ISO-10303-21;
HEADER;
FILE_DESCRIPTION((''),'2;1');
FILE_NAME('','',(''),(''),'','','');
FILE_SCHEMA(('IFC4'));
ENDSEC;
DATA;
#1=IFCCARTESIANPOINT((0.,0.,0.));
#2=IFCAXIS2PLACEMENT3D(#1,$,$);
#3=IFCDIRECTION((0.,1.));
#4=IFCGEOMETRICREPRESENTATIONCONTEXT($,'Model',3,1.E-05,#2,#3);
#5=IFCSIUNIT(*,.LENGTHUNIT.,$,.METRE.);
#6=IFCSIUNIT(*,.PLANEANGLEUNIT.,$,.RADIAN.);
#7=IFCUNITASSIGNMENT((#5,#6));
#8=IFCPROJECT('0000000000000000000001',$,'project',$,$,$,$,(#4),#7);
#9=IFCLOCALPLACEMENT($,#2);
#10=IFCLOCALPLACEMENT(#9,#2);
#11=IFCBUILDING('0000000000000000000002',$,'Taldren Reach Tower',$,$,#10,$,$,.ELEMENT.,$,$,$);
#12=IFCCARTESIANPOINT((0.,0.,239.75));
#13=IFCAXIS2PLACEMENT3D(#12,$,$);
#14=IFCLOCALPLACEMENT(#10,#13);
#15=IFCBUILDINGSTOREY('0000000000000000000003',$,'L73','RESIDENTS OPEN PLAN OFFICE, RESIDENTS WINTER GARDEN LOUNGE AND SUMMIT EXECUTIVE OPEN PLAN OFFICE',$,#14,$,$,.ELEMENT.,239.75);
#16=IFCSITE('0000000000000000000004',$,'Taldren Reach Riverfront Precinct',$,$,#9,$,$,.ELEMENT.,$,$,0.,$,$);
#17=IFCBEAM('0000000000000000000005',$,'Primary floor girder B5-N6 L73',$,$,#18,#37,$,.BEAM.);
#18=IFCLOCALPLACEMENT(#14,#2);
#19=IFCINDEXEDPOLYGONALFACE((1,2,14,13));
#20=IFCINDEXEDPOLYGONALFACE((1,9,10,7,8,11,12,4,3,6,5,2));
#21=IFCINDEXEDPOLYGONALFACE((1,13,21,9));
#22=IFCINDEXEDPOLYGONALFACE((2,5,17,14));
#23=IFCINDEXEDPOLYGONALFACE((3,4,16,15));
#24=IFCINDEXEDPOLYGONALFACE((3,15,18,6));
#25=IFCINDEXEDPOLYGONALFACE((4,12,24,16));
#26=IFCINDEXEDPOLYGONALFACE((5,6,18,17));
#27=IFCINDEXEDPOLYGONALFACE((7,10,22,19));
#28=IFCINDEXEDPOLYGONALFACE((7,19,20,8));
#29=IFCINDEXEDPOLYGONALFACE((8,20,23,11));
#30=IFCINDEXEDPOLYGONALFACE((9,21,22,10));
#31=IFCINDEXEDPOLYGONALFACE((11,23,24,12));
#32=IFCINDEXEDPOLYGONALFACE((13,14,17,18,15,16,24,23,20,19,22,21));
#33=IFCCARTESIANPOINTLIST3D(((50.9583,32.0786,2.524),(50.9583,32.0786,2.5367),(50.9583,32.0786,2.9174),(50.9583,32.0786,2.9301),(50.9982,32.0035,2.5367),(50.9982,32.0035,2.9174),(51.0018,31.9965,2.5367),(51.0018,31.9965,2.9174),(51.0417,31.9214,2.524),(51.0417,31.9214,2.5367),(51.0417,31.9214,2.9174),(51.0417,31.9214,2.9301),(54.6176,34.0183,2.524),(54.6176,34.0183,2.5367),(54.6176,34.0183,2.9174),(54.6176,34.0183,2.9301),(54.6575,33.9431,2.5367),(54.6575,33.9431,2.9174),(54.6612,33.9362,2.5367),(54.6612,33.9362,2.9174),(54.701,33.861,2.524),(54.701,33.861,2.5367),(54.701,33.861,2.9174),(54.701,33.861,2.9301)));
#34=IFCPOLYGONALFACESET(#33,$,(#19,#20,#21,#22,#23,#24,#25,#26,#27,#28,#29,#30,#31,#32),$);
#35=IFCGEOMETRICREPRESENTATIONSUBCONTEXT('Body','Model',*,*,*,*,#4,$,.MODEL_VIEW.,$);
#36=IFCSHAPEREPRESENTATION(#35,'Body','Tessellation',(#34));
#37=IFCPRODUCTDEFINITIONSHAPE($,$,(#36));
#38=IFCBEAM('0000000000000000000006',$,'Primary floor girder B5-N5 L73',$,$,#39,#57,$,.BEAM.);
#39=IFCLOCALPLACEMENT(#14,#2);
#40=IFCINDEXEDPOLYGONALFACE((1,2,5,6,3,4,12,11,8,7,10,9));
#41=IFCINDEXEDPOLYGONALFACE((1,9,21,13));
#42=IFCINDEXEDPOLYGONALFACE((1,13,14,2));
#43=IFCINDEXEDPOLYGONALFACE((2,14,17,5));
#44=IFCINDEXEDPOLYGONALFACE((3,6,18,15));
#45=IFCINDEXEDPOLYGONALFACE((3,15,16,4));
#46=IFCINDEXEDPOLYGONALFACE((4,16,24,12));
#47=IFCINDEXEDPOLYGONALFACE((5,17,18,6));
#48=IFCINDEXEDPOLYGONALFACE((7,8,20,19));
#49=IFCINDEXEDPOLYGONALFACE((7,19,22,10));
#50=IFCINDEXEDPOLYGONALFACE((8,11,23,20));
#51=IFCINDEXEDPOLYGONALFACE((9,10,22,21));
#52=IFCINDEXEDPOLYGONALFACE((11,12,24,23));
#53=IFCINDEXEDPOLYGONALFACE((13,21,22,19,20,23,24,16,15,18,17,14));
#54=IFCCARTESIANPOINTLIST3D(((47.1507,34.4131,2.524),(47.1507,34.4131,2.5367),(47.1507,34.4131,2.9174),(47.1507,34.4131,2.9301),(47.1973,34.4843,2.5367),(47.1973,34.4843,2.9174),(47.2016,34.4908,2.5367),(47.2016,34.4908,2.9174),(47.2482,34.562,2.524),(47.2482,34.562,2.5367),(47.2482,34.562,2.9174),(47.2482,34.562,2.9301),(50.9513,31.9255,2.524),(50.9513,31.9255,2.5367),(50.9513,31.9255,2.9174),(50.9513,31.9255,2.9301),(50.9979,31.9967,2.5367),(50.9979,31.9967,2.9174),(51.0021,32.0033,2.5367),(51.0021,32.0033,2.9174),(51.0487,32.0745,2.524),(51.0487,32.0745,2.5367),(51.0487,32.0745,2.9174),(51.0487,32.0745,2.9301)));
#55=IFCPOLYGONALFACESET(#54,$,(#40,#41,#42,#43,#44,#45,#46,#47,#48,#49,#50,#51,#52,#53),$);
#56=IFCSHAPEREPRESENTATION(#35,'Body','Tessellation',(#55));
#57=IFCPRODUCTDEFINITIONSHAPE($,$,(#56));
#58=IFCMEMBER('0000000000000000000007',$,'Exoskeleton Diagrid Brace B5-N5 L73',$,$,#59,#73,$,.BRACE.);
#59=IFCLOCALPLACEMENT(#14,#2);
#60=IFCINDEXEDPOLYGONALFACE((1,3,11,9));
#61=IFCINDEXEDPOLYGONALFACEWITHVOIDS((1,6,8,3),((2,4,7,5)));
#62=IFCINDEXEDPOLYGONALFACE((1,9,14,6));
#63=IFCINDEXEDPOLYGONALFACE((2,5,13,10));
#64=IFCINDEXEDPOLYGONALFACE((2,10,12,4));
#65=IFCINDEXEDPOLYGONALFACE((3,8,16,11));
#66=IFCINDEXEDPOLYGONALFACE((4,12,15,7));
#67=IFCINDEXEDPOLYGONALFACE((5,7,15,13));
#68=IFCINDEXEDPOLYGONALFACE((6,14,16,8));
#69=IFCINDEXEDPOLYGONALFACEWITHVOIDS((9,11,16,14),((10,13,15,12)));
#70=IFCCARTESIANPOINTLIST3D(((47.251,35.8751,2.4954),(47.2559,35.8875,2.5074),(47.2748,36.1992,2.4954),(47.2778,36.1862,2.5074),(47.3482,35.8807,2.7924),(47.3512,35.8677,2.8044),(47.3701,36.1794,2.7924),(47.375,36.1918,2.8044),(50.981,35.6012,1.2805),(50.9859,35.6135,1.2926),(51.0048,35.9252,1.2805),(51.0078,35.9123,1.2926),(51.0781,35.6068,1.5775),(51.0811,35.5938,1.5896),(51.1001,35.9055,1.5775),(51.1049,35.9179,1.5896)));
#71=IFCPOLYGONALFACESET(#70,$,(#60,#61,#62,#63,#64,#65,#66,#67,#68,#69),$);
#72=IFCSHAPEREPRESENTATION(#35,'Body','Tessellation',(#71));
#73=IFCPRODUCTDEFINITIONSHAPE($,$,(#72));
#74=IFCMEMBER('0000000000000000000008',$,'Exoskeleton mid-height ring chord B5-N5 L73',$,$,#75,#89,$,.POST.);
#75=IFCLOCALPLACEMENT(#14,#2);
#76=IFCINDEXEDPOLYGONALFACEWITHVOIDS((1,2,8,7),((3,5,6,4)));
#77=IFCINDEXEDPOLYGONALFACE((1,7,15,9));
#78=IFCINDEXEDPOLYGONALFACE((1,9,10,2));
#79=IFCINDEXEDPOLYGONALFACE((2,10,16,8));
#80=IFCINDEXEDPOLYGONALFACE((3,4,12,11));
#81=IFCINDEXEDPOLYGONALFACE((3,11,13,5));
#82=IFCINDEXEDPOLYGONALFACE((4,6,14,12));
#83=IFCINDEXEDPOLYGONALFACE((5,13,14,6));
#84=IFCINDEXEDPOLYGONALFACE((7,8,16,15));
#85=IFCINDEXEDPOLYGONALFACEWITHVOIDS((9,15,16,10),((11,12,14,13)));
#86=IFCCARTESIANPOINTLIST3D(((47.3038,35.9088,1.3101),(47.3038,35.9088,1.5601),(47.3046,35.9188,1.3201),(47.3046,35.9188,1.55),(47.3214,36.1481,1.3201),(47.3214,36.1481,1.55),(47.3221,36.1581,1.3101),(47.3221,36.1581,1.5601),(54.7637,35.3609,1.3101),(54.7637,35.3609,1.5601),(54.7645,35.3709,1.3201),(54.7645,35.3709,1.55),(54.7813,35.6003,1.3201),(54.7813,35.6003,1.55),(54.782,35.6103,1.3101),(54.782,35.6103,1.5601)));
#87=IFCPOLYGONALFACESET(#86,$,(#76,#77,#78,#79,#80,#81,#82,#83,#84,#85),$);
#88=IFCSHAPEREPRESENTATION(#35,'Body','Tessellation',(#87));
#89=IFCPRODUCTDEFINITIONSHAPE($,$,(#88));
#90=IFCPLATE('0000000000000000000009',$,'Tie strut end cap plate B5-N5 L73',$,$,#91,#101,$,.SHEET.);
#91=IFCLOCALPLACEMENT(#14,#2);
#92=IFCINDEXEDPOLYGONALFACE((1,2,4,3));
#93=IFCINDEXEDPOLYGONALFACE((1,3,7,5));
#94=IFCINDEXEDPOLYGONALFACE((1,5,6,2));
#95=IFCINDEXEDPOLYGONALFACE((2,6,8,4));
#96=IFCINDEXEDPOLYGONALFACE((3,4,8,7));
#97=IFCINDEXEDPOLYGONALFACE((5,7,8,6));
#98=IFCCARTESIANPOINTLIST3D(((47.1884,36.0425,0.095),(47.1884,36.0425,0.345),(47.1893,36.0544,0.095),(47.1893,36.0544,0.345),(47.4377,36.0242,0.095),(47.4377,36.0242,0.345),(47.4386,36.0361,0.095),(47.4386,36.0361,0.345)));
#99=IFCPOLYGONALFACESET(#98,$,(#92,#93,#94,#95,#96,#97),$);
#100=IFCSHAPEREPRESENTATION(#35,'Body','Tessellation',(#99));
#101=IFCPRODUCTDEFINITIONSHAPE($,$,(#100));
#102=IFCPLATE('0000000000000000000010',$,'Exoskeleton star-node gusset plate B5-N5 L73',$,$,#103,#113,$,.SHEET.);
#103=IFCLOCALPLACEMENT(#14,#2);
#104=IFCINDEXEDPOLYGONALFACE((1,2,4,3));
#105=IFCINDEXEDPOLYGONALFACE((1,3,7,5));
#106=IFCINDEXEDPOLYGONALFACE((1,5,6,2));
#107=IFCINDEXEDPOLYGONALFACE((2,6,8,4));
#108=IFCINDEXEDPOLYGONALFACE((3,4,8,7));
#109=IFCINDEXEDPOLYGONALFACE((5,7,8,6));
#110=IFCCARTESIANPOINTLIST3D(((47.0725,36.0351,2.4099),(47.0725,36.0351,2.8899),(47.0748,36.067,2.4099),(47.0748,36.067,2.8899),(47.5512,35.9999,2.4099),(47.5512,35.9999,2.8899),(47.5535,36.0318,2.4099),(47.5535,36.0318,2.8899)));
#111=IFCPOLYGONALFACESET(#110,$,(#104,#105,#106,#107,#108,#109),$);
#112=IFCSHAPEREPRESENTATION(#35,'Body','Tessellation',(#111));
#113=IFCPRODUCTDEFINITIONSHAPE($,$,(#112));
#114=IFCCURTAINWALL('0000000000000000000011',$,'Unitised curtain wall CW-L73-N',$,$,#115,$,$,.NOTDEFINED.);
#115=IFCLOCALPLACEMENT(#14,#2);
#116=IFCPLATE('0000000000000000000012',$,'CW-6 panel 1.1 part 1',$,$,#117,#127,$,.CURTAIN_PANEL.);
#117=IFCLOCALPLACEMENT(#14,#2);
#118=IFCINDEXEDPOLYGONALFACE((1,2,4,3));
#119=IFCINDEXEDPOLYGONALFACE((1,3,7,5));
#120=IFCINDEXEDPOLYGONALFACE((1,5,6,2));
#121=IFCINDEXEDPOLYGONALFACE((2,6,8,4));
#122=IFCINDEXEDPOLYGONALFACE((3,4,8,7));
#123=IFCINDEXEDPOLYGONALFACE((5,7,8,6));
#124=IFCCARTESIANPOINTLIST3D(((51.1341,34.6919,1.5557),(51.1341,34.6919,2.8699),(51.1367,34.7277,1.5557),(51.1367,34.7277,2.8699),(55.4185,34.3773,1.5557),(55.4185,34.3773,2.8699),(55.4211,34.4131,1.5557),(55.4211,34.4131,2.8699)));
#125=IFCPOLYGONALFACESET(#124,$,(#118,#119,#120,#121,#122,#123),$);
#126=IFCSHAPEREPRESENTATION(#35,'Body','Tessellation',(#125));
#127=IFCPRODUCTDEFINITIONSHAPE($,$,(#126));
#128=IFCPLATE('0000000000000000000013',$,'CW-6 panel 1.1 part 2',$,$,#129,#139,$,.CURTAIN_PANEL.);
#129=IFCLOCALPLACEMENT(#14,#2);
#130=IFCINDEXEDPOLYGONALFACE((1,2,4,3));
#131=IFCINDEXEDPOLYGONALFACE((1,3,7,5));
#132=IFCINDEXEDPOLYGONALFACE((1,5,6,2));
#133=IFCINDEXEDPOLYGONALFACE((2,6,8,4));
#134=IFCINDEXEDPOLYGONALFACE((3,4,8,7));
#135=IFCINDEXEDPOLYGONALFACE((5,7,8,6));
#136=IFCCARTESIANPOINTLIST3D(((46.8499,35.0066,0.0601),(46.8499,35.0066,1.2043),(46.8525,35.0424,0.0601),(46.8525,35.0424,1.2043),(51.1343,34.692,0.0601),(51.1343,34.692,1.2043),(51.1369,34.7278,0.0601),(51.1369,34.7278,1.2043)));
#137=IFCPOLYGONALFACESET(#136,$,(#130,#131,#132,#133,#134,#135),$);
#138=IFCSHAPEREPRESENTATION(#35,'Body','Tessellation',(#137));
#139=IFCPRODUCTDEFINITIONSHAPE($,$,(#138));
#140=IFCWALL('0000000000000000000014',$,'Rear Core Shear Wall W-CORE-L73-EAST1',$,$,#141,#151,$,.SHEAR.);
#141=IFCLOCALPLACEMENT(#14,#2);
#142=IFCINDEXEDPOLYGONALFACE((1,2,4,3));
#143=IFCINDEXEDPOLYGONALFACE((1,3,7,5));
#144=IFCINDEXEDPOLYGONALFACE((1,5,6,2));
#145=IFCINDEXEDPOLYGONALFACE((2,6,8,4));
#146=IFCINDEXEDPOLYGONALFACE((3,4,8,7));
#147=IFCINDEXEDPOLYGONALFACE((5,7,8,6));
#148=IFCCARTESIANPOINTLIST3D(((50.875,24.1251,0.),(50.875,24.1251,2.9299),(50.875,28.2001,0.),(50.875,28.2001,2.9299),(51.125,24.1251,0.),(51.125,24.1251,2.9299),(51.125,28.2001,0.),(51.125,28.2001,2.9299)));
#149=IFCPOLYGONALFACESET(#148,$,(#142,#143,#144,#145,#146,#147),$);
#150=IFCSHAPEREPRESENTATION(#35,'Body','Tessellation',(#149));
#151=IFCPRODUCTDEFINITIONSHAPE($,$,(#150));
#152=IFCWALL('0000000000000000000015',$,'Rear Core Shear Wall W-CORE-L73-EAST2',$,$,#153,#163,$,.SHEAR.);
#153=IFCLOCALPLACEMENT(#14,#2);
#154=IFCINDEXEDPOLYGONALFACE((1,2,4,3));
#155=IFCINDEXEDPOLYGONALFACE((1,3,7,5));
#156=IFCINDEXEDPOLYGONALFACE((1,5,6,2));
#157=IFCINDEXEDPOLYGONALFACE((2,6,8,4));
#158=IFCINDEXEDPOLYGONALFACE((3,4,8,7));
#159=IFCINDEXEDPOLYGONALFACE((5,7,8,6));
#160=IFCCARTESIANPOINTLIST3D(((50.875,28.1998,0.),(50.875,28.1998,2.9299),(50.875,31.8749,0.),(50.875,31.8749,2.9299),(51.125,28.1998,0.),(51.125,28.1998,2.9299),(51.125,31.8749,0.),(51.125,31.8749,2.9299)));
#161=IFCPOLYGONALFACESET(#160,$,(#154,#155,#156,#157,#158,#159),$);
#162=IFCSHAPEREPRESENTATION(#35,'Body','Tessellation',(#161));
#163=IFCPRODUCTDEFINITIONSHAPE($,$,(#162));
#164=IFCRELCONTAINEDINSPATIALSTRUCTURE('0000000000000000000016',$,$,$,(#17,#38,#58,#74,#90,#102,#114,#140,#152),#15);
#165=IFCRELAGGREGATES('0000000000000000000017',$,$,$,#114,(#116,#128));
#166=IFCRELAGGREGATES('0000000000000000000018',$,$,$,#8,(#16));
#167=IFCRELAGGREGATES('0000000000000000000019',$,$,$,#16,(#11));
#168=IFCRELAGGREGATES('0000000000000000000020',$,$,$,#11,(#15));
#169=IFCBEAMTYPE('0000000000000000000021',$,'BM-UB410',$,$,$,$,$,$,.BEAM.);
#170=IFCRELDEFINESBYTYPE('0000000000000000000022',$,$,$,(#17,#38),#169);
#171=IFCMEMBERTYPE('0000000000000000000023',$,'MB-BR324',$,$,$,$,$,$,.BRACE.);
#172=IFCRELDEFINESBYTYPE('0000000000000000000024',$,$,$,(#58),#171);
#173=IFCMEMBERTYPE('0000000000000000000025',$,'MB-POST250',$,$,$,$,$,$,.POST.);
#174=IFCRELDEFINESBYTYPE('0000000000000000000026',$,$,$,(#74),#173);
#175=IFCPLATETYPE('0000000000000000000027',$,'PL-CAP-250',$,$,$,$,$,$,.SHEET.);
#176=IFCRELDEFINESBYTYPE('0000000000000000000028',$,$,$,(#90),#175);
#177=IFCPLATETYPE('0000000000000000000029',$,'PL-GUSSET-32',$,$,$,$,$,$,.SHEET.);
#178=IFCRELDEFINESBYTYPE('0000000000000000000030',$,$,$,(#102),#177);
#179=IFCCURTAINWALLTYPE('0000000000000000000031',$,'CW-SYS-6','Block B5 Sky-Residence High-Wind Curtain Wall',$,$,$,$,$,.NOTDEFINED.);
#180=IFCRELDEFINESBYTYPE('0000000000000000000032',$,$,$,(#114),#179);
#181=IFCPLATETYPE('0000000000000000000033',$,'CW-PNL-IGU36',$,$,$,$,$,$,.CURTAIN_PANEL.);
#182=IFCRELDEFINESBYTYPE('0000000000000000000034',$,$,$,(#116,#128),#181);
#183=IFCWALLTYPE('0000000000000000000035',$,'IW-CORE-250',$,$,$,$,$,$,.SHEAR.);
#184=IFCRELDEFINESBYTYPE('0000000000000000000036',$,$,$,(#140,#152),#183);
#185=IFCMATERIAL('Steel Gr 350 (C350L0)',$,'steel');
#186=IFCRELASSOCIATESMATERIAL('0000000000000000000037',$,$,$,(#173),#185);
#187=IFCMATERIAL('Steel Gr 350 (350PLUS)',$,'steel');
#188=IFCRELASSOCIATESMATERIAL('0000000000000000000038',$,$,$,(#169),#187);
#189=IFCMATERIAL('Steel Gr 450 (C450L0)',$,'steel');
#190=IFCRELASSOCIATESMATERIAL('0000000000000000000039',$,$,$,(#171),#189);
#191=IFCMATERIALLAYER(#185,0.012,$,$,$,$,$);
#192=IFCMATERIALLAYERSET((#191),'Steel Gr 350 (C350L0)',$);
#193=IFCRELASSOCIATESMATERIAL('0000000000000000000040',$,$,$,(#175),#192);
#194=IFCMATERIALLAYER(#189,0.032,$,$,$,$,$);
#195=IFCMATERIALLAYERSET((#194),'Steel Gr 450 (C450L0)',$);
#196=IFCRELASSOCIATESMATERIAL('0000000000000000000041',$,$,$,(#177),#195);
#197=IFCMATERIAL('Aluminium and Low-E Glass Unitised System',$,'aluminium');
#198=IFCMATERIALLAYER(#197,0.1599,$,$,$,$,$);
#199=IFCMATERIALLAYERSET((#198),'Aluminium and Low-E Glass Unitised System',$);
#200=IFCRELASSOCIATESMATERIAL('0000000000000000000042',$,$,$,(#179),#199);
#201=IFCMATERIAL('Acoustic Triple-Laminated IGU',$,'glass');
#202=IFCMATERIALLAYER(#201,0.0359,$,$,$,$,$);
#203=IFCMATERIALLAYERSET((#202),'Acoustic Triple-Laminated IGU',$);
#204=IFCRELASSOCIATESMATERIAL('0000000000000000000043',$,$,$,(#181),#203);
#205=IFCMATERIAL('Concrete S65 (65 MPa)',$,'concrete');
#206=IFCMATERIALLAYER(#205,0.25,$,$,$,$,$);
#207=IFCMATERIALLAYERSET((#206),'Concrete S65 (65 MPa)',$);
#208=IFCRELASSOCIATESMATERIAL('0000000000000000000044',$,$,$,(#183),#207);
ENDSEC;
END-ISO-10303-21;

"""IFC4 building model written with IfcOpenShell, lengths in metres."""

from ifc_helpers import new_model, si_unit, direction, frame, frame_2d, origin, origin_2d, place, context, subcontext, project, spatial, rectangle, hollow_rectangle, i_section, extrude, source, transform, mapped, material, layer, layer_set, material_profile, profile_set, type_object, element, aggregate, save


model = new_model("IFC4")

# Units and contexts
model_context = context("Model", 3, precision=1e-05, world=origin(), true_north=direction((0.0, 1.0)))
body_context = subcontext(model_context, "Body", "Model", "MODEL_VIEW")
ifc_project = project(units=[si_unit("LENGTHUNIT", "METRE"), si_unit("PLANEANGLEUNIT", "RADIAN")], contexts=[model_context])

# Site, building, storey
site_placement = place(None, origin())
site = spatial("IfcSite", under=ifc_project, at=site_placement, Name="Taldren Reach Riverfront Precinct", CompositionType="ELEMENT", RefElevation=0.0)
building_placement = place(site_placement, origin())
building = spatial("IfcBuilding", under=site, at=building_placement, Name="Taldren Reach Tower", CompositionType="ELEMENT")
storey_placement = place(building_placement, frame((0.0, 0.0, 239.75)))
storey = spatial("IfcBuildingStorey", under=building, at=storey_placement, Name="L73", Description="RESIDENTS OPEN PLAN OFFICE, RESIDENTS WINTER GARDEN LOUNGE AND SUMMIT EXECUTIVE OPEN PLAN OFFICE", CompositionType="ELEMENT", Elevation=239.75)

# Shared definitions
ifc_material_1 = material(Name="Steel Gr 450 (C450L0)", Category="steel")
ifc_material_2 = material(Name="Steel Gr 350 (350PLUS)", Category="steel")

# Shared definitions
ifc_material_3 = material(Name="Steel Gr 350 (C350L0)", Category="steel")
ifc_material_profile_1 = material_profile(ifc_material_3, hollow_rectangle(XDim=0.25, YDim=0.25, WallThickness=0.01, at=origin_2d()), Name="250x250x10.0SHS")
ifc_profile_set_1 = profile_set([ifc_material_profile_1], Name="Steel Gr 350 (C350L0)")
member_type_1 = type_object("IfcMemberType", Name="MB-POST250", PredefinedType="POST", material=ifc_profile_set_1)

# Beams
ifc_material_profile_2 = material_profile(ifc_material_2, i_section(OverallWidth=0.178, OverallDepth=0.406, WebThickness=0.0078, FlangeThickness=0.0127, at=origin_2d()), Name="410UB59.7")
ifc_profile_set_2 = profile_set([ifc_material_profile_2], Name="Steel Gr 350 (350PLUS)")
beam_type_1 = type_object("IfcBeamType", Name="BM-UB410", PredefinedType="BEAM", material=ifc_profile_set_2)
shared_shape_1 = source(origin(), body_context, "Body", "SweptSolid", [
    extrude(i_section(OverallWidth=0.178, OverallDepth=0.406, WebThickness=0.0078, FlangeThickness=0.0127, at=origin_2d()), origin(), (0.0, 0.0, 1.0), 4.1416),
])
beam_1_placement = place(storey_placement, frame((51.0, 32.0, 2.7271), z_axis=(0.883553, 0.468332, 0.0), x_axis=(-0.468332, 0.883553, 0.0)))
element("IfcBeam", 1, at=beam_1_placement, inside=storey, type_object=beam_type_1, Name="Primary floor girder B5-N6 L73", PredefinedType="BEAM", context=body_context, shape_type="MappedRepresentation", body=[
    mapped(shared_shape_1, transform((0.0, 0.0, 0.0), scale=1.0)),
])
shared_shape_2 = source(origin(), body_context, "Body", "SweptSolid", [
    extrude(i_section(OverallWidth=0.178, OverallDepth=0.406, WebThickness=0.0078, FlangeThickness=0.0127, at=origin_2d()), origin(), (0.0, 0.0, 1.0), 4.5422),
])
beam_2_placement = place(storey_placement, frame((51.0, 32.0, 2.7271), z_axis=(-0.836709, 0.547648, 0.0), x_axis=(-0.547648, -0.836709, 0.0)))
element("IfcBeam", 2, at=beam_2_placement, inside=storey, type_object=beam_type_1, Name="Primary floor girder B5-N5 L73", PredefinedType="BEAM", context=body_context, shape_type="MappedRepresentation", body=[
    mapped(shared_shape_2, transform((0.0, 0.0, 0.0), scale=1.0)),
])

# Members
ifc_material_profile_3 = material_profile(ifc_material_1, hollow_rectangle(XDim=0.325, YDim=0.325, WallThickness=0.0127, at=origin_2d()), Name="325x325x12.7SHS")
ifc_profile_set_3 = profile_set([ifc_material_profile_3], Name="Steel Gr 450 (C450L0)")
member_type_2 = type_object("IfcMemberType", Name="MB-BR324", PredefinedType="BRACE", material=ifc_profile_set_3)
shared_shape_3 = source(origin(), body_context, "Body", "SweptSolid", [
    extrude(hollow_rectangle(XDim=0.325, YDim=0.325, WallThickness=0.0127, at=origin_2d()), origin(), (0.0, 0.0, 1.0), 3.9324),
])
member_1_placement = place(storey_placement, frame((51.043, 35.7595, 1.4351), z_axis=(-0.948529, 0.069659, 0.308933), x_axis=(-0.073242, -0.997314, 0.0)))
element("IfcMember", 3, at=member_1_placement, inside=storey, type_object=member_type_2, Name="Exoskeleton Diagrid Brace B5-N5 L73", PredefinedType="BRACE", context=body_context, shape_type="MappedRepresentation", body=[
    mapped(shared_shape_3, transform((0.0, 0.0, 0.0), scale=1.0)),
])
shared_shape_4 = source(origin(), body_context, "Body", "SweptSolid", [
    extrude(hollow_rectangle(XDim=0.25, YDim=0.25, WallThickness=0.01, at=origin_2d()), origin(), (0.0, 0.0, 1.0), 7.48),
])
member_2_placement = place(storey_placement, frame((47.313, 36.0334, 1.4351), z_axis=(0.997314, -0.073242, 0.0), x_axis=(0.073242, 0.997314, 0.0)))
element("IfcMember", 4, at=member_2_placement, inside=storey, type_object=member_type_1, Name="Exoskeleton mid-height ring chord B5-N5 L73", PredefinedType="POST", context=body_context, shape_type="MappedRepresentation", body=[
    mapped(shared_shape_4, transform((0.0, 0.0, 0.0), scale=1.0)),
])

# Plates
ifc_layer_1 = layer(ifc_material_3, 0.012)
ifc_layer_set_1 = layer_set([ifc_layer_1], Name="Steel Gr 350 (C350L0)")
plate_type_1 = type_object("IfcPlateType", Name="PL-CAP-250", PredefinedType="SHEET", material=ifc_layer_set_1)
shared_shape_5 = source(origin(), body_context, "Body", "SweptSolid", [
    extrude(rectangle(XDim=0.25, YDim=0.012, at=origin_2d()), origin(), (0.0, 0.0, 1.0), 0.25),
])
plate_1_placement = place(storey_placement, frame((47.3135, 36.0393, 0.095), z_axis=(0.0, 0.0, 1.0), x_axis=(0.997314, -0.073238, 0.0)))
element("IfcPlate", 5, at=plate_1_placement, inside=storey, type_object=plate_type_1, Name="Tie strut end cap plate B5-N5 L73", PredefinedType="SHEET", context=body_context, shape_type="MappedRepresentation", body=[
    mapped(shared_shape_5, transform((0.0, 0.0, 0.0), scale=1.0)),
])
ifc_layer_2 = layer(ifc_material_1, 0.032)
ifc_layer_set_2 = layer_set([ifc_layer_2], Name="Steel Gr 450 (C450L0)")
plate_type_2 = type_object("IfcPlateType", Name="PL-GUSSET-32", PredefinedType="SHEET", material=ifc_layer_set_2)
shared_shape_6 = source(origin(), body_context, "Body", "SweptSolid", [
    extrude(rectangle(XDim=0.48, YDim=0.032, at=origin_2d()), origin(), (0.0, 0.0, 1.0), 0.48),
])
plate_2_placement = place(storey_placement, frame((47.313, 36.0334, 2.4099), z_axis=(0.0, 0.0, 1.0), x_axis=(0.997314, -0.073238, 0.0)))
element("IfcPlate", 6, at=plate_2_placement, inside=storey, type_object=plate_type_2, Name="Exoskeleton star-node gusset plate B5-N5 L73", PredefinedType="SHEET", context=body_context, shape_type="MappedRepresentation", body=[
    mapped(shared_shape_6, transform((0.0, 0.0, 0.0), scale=1.0)),
])

# Curtain wall, plates
ifc_material_4 = material(Name="Aluminium and Low-E Glass Unitised System", Category="aluminium")
ifc_layer_3 = layer(ifc_material_4, 0.1599)
ifc_layer_set_3 = layer_set([ifc_layer_3], Name="Aluminium and Low-E Glass Unitised System")
curtain_wall_type = type_object("IfcCurtainWallType", Name="CW-SYS-6", Description="Block B5 Sky-Residence High-Wind Curtain Wall", PredefinedType="NOTDEFINED", material=ifc_layer_set_3)
curtain_wall_placement = place(storey_placement, origin())
curtain_wall = element("IfcCurtainWall", 7, at=curtain_wall_placement, inside=storey, type_object=curtain_wall_type, Name="Unitised curtain wall CW-L73-N", PredefinedType="NOTDEFINED")
ifc_material_5 = material(Name="Acoustic Triple-Laminated IGU", Category="glass")
ifc_layer_4 = layer(ifc_material_5, 0.0359)
ifc_layer_set_4 = layer_set([ifc_layer_4], Name="Acoustic Triple-Laminated IGU")
plate_type_3 = type_object("IfcPlateType", Name="CW-PNL-IGU36", PredefinedType="CURTAIN_PANEL", material=ifc_layer_set_4)
shared_shape_7 = source(origin(), body_context, "Body", "SweptSolid", [
    extrude(rectangle(XDim=4.2959, YDim=0.0359, at=origin_2d()), origin(), (0.0, 0.0, 1.0), 1.3142),
])
plate_3_placement = place(storey_placement, frame((53.2776, 34.5525, 1.5557), z_axis=(0.0, 0.0, 1.0), x_axis=(-0.997314, 0.073238, 0.0)))
plate_3 = element("IfcPlate", 8, at=plate_3_placement, type_object=plate_type_3, Name="CW-6 panel 1.1 part 1", PredefinedType="CURTAIN_PANEL", context=body_context, shape_type="MappedRepresentation", body=[
    mapped(shared_shape_7, transform((0.0, 0.0, 0.0), scale=1.0)),
])
shared_shape_8 = source(origin(), body_context, "Body", "SweptSolid", [
    extrude(rectangle(XDim=4.2959, YDim=0.0359, at=origin_2d()), origin(), (0.0, 0.0, 1.0), 1.1443),
])
plate_4_placement = place(storey_placement, frame((48.9934, 34.8672, 0.0601), z_axis=(0.0, 0.0, 1.0), x_axis=(-0.997314, 0.073238, 0.0)))
plate_4 = element("IfcPlate", 9, at=plate_4_placement, type_object=plate_type_3, Name="CW-6 panel 1.1 part 2", PredefinedType="CURTAIN_PANEL", context=body_context, shape_type="MappedRepresentation", body=[
    mapped(shared_shape_8, transform((0.0, 0.0, 0.0), scale=1.0)),
])
aggregate(curtain_wall, [plate_3, plate_4])

# Walls
ifc_material_6 = material(Name="Concrete S65 (65 MPa)", Category="concrete")
ifc_layer_5 = layer(ifc_material_6, 0.25)
ifc_layer_set_5 = layer_set([ifc_layer_5], Name="Concrete S65 (65 MPa)")
wall_type_1 = type_object("IfcWallType", Name="IW-CORE-250", PredefinedType="SHEAR", material=ifc_layer_set_5)
shared_shape_9 = source(origin(), body_context, "Body", "SweptSolid", [
    extrude(rectangle(XDim=4.075, YDim=0.25, at=frame_2d((2.0376, 0.0))), origin(), (0.0, 0.0, 1.0), 2.9299),
])
wall_1_placement = place(storey_placement, frame((51.0, 24.125, 0.0), z_axis=(0.0, 0.0, 1.0), x_axis=(0.0, 1.0, 0.0)))
element("IfcWall", 10, at=wall_1_placement, inside=storey, type_object=wall_type_1, Name="Rear Core Shear Wall W-CORE-L73-EAST1", PredefinedType="SHEAR", context=body_context, shape_type="MappedRepresentation", body=[
    mapped(shared_shape_9, transform((0.0, 0.0, 0.0), scale=1.0)),
])
shared_shape_10 = source(origin(), body_context, "Body", "SweptSolid", [
    extrude(rectangle(XDim=3.675, YDim=0.25, at=frame_2d((1.8374, 0.0))), origin(), (0.0, 0.0, 1.0), 2.9299),
])
wall_2_placement = place(storey_placement, frame((51.0, 28.2, 0.0), z_axis=(0.0, 0.0, 1.0), x_axis=(0.0, 1.0, 0.0)))
element("IfcWall", 11, at=wall_2_placement, inside=storey, type_object=wall_type_1, Name="Rear Core Shear Wall W-CORE-L73-EAST2", PredefinedType="SHEAR", context=body_context, shape_type="MappedRepresentation", body=[
    mapped(shared_shape_10, transform((0.0, 0.0, 0.0), scale=1.0)),
])

save(model, "model.ifc")
